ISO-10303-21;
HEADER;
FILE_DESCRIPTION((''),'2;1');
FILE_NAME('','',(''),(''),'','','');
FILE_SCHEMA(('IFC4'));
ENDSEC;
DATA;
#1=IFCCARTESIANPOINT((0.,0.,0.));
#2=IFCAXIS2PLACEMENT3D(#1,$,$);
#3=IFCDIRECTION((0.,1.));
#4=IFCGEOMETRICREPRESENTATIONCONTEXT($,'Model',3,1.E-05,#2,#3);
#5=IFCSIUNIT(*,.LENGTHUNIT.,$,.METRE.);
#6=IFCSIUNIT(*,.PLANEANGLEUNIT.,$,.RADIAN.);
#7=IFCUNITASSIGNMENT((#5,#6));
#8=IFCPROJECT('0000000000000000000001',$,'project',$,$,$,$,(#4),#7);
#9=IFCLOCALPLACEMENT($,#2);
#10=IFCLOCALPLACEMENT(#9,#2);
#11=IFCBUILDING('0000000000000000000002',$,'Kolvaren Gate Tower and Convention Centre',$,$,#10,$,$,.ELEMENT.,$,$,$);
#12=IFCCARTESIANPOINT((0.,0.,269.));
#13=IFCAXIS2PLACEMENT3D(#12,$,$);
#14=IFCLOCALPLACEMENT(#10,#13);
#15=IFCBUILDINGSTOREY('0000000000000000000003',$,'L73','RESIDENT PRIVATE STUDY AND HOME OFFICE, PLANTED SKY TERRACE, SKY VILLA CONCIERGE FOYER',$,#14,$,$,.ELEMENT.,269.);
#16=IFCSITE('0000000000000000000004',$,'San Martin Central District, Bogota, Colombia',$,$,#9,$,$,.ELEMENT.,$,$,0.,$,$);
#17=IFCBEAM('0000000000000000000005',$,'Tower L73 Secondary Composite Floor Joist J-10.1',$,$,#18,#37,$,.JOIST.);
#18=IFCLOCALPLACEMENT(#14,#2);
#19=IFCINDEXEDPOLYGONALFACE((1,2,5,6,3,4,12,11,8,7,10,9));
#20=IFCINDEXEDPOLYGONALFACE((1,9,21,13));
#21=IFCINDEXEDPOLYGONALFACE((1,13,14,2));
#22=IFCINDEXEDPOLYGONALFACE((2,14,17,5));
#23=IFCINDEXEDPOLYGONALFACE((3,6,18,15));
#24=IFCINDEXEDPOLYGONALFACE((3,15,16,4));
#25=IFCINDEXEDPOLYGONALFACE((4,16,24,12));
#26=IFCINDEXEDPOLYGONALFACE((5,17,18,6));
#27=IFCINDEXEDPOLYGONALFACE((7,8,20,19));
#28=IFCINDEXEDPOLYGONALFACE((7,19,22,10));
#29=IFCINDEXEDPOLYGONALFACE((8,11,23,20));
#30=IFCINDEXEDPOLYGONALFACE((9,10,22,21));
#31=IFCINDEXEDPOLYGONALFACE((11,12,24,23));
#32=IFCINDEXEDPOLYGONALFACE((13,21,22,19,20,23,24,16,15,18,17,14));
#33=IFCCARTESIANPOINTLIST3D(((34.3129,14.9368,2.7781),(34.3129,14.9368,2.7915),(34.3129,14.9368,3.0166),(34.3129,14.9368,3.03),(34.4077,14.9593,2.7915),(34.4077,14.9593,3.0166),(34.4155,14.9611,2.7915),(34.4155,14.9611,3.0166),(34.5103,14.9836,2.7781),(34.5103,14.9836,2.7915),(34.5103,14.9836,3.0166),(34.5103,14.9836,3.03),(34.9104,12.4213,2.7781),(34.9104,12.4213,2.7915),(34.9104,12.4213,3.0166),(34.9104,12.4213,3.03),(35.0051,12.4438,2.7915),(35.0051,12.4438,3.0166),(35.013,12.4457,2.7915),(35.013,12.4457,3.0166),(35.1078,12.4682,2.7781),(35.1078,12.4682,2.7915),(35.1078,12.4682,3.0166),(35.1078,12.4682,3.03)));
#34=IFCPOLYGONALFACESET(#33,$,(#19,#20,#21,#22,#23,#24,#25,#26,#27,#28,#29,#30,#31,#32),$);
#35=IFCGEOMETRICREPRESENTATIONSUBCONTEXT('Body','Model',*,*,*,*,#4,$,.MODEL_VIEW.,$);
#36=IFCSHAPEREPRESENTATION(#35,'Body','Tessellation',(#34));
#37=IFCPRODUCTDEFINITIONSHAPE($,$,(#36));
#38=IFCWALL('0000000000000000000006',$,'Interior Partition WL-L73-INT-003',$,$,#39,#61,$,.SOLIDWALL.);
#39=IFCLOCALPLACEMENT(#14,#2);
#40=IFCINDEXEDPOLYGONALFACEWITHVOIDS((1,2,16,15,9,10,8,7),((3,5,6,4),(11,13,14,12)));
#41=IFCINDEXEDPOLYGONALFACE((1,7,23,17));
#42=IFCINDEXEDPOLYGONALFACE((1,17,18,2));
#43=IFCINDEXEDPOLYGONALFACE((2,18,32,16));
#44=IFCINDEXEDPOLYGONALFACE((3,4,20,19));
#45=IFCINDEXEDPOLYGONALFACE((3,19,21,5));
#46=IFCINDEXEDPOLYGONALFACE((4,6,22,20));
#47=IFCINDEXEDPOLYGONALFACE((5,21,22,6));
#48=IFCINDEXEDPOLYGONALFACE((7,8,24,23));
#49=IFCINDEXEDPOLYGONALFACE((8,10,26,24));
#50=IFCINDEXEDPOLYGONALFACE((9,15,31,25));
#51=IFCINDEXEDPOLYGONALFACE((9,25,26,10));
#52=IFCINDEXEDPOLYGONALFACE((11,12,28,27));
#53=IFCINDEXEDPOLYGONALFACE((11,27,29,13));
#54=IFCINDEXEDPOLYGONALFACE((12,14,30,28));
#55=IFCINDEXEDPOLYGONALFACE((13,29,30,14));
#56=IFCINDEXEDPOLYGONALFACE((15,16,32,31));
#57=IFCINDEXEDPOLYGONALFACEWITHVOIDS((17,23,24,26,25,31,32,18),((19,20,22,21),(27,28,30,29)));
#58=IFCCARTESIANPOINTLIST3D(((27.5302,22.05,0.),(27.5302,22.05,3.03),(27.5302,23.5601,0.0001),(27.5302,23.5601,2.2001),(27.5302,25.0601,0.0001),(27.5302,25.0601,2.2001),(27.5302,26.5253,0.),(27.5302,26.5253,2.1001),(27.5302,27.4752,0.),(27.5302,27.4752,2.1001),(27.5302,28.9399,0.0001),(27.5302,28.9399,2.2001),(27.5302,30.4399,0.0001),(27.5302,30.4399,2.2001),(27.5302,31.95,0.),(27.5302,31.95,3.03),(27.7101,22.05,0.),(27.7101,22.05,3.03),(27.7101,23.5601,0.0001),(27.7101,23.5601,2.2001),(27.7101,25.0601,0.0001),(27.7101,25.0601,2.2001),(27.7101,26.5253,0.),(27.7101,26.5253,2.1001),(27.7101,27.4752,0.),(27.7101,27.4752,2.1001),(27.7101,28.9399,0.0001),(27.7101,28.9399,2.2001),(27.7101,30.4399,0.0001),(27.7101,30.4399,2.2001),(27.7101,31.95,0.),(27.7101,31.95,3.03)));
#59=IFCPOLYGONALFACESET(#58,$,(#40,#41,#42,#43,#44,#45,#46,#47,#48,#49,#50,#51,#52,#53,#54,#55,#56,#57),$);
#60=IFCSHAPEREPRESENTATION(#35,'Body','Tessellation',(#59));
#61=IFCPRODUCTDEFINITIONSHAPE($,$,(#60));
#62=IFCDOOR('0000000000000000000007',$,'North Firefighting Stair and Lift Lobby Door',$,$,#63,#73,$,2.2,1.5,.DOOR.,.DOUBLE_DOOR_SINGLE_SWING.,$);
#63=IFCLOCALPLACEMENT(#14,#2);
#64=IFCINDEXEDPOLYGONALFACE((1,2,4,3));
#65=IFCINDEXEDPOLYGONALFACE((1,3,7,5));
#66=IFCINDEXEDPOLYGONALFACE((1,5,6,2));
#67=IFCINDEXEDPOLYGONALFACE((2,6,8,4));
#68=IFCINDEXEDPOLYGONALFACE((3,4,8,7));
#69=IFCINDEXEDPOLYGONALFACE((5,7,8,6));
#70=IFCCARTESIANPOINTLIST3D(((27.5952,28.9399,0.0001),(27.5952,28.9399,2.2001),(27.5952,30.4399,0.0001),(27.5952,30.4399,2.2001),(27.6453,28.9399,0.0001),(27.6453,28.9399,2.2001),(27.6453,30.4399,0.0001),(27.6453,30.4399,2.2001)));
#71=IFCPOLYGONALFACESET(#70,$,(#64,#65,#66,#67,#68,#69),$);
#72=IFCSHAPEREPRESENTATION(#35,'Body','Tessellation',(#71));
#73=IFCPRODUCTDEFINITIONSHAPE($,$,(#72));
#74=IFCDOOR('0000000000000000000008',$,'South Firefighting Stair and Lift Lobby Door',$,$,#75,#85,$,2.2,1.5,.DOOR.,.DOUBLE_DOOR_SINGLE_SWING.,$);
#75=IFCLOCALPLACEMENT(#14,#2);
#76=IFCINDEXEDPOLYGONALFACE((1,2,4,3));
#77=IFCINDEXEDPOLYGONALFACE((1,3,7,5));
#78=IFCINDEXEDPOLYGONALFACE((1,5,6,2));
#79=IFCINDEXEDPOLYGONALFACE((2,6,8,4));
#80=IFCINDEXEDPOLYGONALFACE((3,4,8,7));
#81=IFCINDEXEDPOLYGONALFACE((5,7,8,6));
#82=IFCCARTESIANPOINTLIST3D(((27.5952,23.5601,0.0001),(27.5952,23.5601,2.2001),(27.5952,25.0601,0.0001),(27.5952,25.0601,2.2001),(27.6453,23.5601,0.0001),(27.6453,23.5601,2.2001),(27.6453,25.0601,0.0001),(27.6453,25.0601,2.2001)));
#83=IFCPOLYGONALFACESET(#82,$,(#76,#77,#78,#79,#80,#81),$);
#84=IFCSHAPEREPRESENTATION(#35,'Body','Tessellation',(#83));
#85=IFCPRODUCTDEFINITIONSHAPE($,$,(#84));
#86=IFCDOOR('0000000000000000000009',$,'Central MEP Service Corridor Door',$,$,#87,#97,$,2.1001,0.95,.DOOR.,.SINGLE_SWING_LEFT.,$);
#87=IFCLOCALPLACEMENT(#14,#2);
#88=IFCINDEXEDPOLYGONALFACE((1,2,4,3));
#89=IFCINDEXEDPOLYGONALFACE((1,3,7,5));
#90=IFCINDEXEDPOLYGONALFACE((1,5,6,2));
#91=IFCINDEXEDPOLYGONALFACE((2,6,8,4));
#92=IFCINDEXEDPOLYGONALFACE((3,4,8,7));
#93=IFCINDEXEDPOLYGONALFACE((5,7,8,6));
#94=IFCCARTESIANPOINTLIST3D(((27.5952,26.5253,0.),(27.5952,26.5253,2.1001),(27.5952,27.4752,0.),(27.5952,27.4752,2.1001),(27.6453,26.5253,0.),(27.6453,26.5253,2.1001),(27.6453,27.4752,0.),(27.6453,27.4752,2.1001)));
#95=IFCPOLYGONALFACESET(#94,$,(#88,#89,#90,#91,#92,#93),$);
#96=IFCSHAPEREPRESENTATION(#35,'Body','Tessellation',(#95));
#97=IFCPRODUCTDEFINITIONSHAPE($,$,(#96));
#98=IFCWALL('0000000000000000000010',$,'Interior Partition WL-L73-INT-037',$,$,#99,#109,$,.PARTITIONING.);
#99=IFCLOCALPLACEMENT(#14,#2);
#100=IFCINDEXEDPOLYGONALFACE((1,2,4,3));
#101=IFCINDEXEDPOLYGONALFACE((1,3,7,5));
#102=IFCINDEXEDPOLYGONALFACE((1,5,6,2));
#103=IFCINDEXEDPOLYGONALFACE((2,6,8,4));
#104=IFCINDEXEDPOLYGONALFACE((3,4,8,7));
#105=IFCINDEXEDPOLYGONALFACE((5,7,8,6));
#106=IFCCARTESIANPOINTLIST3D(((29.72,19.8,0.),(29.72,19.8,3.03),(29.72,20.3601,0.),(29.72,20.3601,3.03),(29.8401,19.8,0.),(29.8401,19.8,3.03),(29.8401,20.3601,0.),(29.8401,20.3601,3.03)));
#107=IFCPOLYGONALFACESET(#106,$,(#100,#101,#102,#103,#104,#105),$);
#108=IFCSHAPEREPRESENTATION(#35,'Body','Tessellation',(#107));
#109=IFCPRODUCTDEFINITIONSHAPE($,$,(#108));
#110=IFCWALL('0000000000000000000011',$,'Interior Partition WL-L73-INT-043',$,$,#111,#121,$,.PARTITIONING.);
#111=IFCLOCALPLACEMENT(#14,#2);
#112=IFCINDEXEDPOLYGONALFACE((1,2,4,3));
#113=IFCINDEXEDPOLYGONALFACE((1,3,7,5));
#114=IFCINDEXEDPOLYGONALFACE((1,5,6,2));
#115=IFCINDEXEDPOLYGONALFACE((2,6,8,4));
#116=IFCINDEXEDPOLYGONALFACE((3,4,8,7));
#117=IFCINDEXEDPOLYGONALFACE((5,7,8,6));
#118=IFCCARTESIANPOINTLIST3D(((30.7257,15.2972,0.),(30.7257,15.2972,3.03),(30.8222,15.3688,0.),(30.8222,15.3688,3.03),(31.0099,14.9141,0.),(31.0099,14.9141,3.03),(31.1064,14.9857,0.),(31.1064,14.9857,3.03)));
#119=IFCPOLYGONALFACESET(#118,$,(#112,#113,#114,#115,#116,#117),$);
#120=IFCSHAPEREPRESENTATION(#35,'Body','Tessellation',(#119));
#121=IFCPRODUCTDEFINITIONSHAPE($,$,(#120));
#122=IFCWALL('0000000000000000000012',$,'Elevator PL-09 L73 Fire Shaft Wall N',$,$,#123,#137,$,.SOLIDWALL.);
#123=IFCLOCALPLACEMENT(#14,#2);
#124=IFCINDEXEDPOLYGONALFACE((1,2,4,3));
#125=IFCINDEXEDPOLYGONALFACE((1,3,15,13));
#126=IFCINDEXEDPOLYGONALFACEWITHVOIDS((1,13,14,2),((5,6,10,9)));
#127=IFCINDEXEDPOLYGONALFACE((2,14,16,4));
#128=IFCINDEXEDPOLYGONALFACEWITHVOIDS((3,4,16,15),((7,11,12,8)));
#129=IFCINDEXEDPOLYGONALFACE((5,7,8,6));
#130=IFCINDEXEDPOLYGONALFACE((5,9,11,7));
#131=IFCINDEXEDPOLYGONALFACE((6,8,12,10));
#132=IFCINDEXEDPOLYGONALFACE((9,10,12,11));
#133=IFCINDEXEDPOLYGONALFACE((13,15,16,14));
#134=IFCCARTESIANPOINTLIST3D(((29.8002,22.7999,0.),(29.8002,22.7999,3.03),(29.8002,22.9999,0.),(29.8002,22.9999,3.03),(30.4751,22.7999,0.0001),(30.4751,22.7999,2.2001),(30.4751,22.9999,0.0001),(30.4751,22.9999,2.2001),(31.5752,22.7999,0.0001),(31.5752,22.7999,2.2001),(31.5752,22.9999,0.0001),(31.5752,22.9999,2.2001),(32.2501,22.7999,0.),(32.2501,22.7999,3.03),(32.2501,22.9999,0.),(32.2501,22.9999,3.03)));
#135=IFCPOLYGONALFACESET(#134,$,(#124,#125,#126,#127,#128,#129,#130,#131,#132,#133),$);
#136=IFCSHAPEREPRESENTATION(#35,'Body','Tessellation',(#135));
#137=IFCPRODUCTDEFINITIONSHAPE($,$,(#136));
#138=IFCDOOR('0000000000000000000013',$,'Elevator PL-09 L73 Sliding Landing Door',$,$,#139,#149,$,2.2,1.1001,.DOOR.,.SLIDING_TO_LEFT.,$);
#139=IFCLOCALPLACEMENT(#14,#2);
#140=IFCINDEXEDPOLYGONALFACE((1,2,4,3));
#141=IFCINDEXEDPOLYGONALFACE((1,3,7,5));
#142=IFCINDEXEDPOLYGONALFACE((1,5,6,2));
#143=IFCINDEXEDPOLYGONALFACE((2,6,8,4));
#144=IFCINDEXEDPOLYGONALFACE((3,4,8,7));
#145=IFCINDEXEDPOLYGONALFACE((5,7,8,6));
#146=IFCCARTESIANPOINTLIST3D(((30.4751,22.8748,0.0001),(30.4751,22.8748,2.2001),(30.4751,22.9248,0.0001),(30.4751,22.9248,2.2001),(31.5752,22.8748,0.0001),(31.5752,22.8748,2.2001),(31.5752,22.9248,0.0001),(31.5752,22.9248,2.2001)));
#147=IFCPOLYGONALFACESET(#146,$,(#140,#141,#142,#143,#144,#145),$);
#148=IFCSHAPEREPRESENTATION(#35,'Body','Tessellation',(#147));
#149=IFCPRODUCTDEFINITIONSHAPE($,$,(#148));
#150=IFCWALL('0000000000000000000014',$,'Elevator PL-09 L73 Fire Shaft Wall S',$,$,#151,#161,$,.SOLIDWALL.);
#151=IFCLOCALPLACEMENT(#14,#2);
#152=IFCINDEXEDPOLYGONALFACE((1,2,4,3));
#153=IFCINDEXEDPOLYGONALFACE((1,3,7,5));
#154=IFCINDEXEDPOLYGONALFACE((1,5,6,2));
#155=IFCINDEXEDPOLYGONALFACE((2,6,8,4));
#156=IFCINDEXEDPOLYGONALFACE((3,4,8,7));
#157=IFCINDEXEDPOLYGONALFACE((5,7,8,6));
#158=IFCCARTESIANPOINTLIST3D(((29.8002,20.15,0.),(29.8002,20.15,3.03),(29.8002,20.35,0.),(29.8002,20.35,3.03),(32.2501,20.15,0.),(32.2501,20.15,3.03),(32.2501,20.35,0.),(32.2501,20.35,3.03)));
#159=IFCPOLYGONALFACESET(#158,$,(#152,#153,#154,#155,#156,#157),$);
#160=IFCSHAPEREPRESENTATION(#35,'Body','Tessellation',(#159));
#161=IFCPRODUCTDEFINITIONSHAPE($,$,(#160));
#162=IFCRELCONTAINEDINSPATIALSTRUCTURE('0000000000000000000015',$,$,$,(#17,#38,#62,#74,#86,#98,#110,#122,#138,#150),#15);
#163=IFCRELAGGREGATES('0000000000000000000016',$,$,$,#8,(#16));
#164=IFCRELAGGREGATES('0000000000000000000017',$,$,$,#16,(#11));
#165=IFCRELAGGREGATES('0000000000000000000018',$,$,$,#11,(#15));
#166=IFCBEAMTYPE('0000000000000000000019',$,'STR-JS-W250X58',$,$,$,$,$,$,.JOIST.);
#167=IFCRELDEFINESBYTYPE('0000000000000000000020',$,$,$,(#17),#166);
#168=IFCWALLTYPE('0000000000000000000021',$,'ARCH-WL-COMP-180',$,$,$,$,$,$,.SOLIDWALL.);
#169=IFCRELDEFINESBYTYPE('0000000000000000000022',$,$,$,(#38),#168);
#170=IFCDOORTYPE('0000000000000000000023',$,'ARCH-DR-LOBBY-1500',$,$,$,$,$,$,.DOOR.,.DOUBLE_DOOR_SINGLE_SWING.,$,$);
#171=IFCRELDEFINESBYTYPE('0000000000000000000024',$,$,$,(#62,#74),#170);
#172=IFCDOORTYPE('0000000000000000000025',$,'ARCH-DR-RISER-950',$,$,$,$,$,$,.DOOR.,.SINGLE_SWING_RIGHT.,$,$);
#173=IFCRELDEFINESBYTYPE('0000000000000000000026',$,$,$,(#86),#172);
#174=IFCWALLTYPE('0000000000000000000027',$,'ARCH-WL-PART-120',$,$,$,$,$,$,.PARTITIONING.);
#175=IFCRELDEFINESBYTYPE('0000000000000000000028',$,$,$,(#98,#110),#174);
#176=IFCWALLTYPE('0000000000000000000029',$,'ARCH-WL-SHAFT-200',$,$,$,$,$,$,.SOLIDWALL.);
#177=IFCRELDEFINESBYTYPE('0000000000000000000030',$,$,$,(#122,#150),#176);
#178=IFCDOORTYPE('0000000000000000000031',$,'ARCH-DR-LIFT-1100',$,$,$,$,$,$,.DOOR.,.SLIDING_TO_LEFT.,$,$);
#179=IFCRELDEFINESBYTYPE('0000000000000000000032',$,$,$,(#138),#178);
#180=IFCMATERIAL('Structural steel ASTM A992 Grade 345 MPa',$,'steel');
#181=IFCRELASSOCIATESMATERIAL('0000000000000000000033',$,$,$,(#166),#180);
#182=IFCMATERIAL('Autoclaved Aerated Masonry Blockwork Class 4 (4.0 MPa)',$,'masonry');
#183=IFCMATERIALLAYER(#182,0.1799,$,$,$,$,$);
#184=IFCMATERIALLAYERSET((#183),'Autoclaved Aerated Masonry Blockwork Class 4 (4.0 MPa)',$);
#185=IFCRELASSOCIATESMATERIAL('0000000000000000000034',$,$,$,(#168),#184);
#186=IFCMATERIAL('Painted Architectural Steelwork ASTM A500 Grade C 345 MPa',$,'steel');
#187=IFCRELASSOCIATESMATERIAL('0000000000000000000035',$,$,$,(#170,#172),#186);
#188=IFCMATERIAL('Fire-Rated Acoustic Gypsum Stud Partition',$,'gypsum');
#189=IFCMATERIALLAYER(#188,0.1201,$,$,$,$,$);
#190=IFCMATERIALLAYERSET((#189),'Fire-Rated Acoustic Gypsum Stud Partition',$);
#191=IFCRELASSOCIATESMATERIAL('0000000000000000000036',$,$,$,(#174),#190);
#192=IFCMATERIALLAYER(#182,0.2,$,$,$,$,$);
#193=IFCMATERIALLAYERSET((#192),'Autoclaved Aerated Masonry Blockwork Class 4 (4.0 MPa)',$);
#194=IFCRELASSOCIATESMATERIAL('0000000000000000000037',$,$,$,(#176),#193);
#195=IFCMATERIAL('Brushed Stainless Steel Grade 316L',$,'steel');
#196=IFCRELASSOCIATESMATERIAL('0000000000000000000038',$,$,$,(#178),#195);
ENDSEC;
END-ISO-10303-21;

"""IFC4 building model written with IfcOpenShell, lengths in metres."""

from ifc_helpers import new_model, si_unit, direction, frame, frame_2d, origin, origin_2d, place, context, subcontext, project, spatial, rectangle, i_section, extrude, material, layer, layer_set, material_profile, profile_set, type_object, element, fill, save


model = new_model("IFC4")

# Units and contexts
model_context = context("Model", 3, precision=1e-05, world=origin(), true_north=direction((0.0, 1.0)))
body_context = subcontext(model_context, "Body", "Model", "MODEL_VIEW")
ifc_project = project(units=[si_unit("LENGTHUNIT", "METRE"), si_unit("PLANEANGLEUNIT", "RADIAN")], contexts=[model_context])

# Site, building, storey
site_placement = place(None, origin())
site = spatial("IfcSite", under=ifc_project, at=site_placement, Name="San Martin Central District, Bogota, Colombia", CompositionType="ELEMENT", RefElevation=0.0)
building_placement = place(site_placement, origin())
building = spatial("IfcBuilding", under=site, at=building_placement, Name="Kolvaren Gate Tower and Convention Centre", CompositionType="ELEMENT")
storey_placement = place(building_placement, frame((0.0, 0.0, 269.0)))
storey = spatial("IfcBuildingStorey", under=building, at=storey_placement, Name="L73", Description="RESIDENT PRIVATE STUDY AND HOME OFFICE, PLANTED SKY TERRACE, SKY VILLA CONCIERGE FOYER", CompositionType="ELEMENT", Elevation=269.0)

# Beam
ifc_material_1 = material(Name="Structural steel ASTM A992 Grade 345 MPa", Category="steel")
ifc_material_profile = material_profile(ifc_material_1, i_section(OverallWidth=0.2029, OverallDepth=0.252, WebThickness=0.0081, FlangeThickness=0.0134, at=origin_2d()), Name="W250X58")
ifc_profile_set = profile_set([ifc_material_profile], Name="Structural steel ASTM A992 Grade 345 MPa")
beam_type = type_object("IfcBeamType", Name="STR-JS-W250X58", PredefinedType="JOIST", material=ifc_profile_set)
beam_placement = place(storey_placement, frame((34.4116, 14.9602, 2.9041), z_axis=(0.231076, -0.972936, 0.0), x_axis=(0.972936, 0.231076, 0.0)))
element("IfcBeam", 1, at=beam_placement, inside=storey, type_object=beam_type, Name="Tower L73 Secondary Composite Floor Joist J-10.1", PredefinedType="JOIST", context=body_context, shape_type="SweptSolid", body=[
    extrude(i_section(OverallWidth=0.2029, OverallDepth=0.252, WebThickness=0.0081, FlangeThickness=0.0134, at=origin_2d()), origin(), (0.0, 0.0, 1.0), 2.5854),
])

# Wall, openings, doors
ifc_material_2 = material(Name="Autoclaved Aerated Masonry Blockwork Class 4 (4.0 MPa)", Category="masonry")
ifc_layer_1 = layer(ifc_material_2, 0.1799)
ifc_layer_set_1 = layer_set([ifc_layer_1], Name="Autoclaved Aerated Masonry Blockwork Class 4 (4.0 MPa)")
wall_type_1 = type_object("IfcWallType", Name="ARCH-WL-COMP-180", PredefinedType="SOLIDWALL", material=ifc_layer_set_1)
wall_1_placement = place(storey_placement, frame((27.6201, 22.05, 0.0), z_axis=(0.0, 0.0, 1.0), x_axis=(0.0, 1.0, 0.0)))
wall_1 = element("IfcWall", 2, at=wall_1_placement, inside=storey, type_object=wall_type_1, Name="Interior Partition WL-L73-INT-003", PredefinedType="SOLIDWALL", context=body_context, shape_type="SweptSolid", body=[
    extrude(rectangle(XDim=9.8999, YDim=0.1799, at=frame_2d((4.95, 0.0))), origin(), (0.0, 0.0, 1.0), 3.03),
])
opening_1_placement = place(wall_1_placement, frame((4.4751, 0.0, 0.0)))
opening_1 = element("IfcOpeningElement", 3, at=opening_1_placement, cuts=wall_1, PredefinedType="OPENING", context=body_context, shape_type="SweptSolid", body=[
    extrude(rectangle(XDim=0.95, YDim=2.1001, at=frame_2d((0.4751, 1.05))), frame((0.0, 0.0999, 0.0), z_axis=(0.0, -1.0, 0.0), x_axis=(1.0, 0.0, 0.0)), (0.0, 0.0, 1.0), 0.2),
])
opening_2_placement = place(wall_1_placement, frame((6.8899, 0.0, 0.0)))
opening_2 = element("IfcOpeningElement", 4, at=opening_2_placement, cuts=wall_1, PredefinedType="OPENING", context=body_context, shape_type="SweptSolid", body=[
    extrude(rectangle(XDim=1.5, YDim=2.2, at=frame_2d((0.75, 1.1001))), frame((0.0, 0.0999, 0.0), z_axis=(0.0, -1.0, 0.0), x_axis=(1.0, 0.0, 0.0)), (0.0, 0.0, 1.0), 0.2),
])
opening_3_placement = place(wall_1_placement, frame((1.51, 0.0, 0.0)))
opening_3 = element("IfcOpeningElement", 5, at=opening_3_placement, cuts=wall_1, PredefinedType="OPENING", context=body_context, shape_type="SweptSolid", body=[
    extrude(rectangle(XDim=1.5, YDim=2.2, at=frame_2d((0.75, 1.1001))), frame((0.0, 0.0999, 0.0), z_axis=(0.0, -1.0, 0.0), x_axis=(1.0, 0.0, 0.0)), (0.0, 0.0, 1.0), 0.2),
])
ifc_material_3 = material(Name="Painted Architectural Steelwork ASTM A500 Grade C 345 MPa", Category="steel")
door_type_1 = type_object("IfcDoorType", Name="ARCH-DR-LOBBY-1500", OperationType="DOUBLE_DOOR_SINGLE_SWING", PredefinedType="DOOR", material=ifc_material_3)
door_1_placement = place(opening_2_placement, origin())
door_1 = element("IfcDoor", 6, at=door_1_placement, inside=storey, type_object=door_type_1, Name="North Firefighting Stair and Lift Lobby Door", OperationType="DOUBLE_DOOR_SINGLE_SWING", OverallHeight=2.2, OverallWidth=1.5, PredefinedType="DOOR", context=body_context, shape_type="SweptSolid", body=[
    extrude(rectangle(XDim=1.5, YDim=2.2, at=frame_2d((0.75, 1.1001))), frame((0.0, 0.0249, 0.0), z_axis=(0.0, -1.0, 0.0), x_axis=(1.0, 0.0, 0.0)), (0.0, 0.0, 1.0), 0.05),
])
fill(opening_2, door_1)
door_2_placement = place(opening_3_placement, origin())
door_2 = element("IfcDoor", 7, at=door_2_placement, inside=storey, type_object=door_type_1, Name="South Firefighting Stair and Lift Lobby Door", OperationType="DOUBLE_DOOR_SINGLE_SWING", OverallHeight=2.2, OverallWidth=1.5, PredefinedType="DOOR", context=body_context, shape_type="SweptSolid", body=[
    extrude(rectangle(XDim=1.5, YDim=2.2, at=frame_2d((0.75, 1.1001))), frame((0.0, 0.0249, 0.0), z_axis=(0.0, -1.0, 0.0), x_axis=(1.0, 0.0, 0.0)), (0.0, 0.0, 1.0), 0.05),
])
fill(opening_3, door_2)
door_type_2 = type_object("IfcDoorType", Name="ARCH-DR-RISER-950", OperationType="SINGLE_SWING_RIGHT", PredefinedType="DOOR", material=ifc_material_3)
door_3_placement = place(opening_1_placement, origin())
door_3 = element("IfcDoor", 8, at=door_3_placement, inside=storey, type_object=door_type_2, Name="Central MEP Service Corridor Door", OperationType="SINGLE_SWING_LEFT", OverallHeight=2.1001, OverallWidth=0.95, PredefinedType="DOOR", context=body_context, shape_type="SweptSolid", body=[
    extrude(rectangle(XDim=0.95, YDim=2.1001, at=frame_2d((0.4751, 1.05))), frame((0.0, 0.0249, 0.0), z_axis=(0.0, -1.0, 0.0), x_axis=(1.0, 0.0, 0.0)), (0.0, 0.0, 1.0), 0.05),
])
fill(opening_1, door_3)

# Walls
ifc_material_4 = material(Name="Fire-Rated Acoustic Gypsum Stud Partition", Category="gypsum")
ifc_layer_2 = layer(ifc_material_4, 0.1201)
ifc_layer_set_2 = layer_set([ifc_layer_2], Name="Fire-Rated Acoustic Gypsum Stud Partition")
wall_type_2 = type_object("IfcWallType", Name="ARCH-WL-PART-120", PredefinedType="PARTITIONING", material=ifc_layer_set_2)
wall_2_placement = place(storey_placement, frame((29.78, 19.8, 0.0), z_axis=(0.0, 0.0, 1.0), x_axis=(0.0, 1.0, 0.0)))
element("IfcWall", 9, at=wall_2_placement, inside=storey, type_object=wall_type_2, Name="Interior Partition WL-L73-INT-037", PredefinedType="PARTITIONING", context=body_context, shape_type="SweptSolid", body=[
    extrude(rectangle(XDim=0.5601, YDim=0.1201, at=frame_2d((0.28, 0.0))), origin(), (0.0, 0.0, 1.0), 3.03),
])
wall_3_placement = place(storey_placement, frame((30.7739, 15.333, 0.0), z_axis=(0.0, 0.0, 1.0), x_axis=(0.595815, -0.803122, 0.0)))
element("IfcWall", 10, at=wall_3_placement, inside=storey, type_object=wall_type_2, Name="Interior Partition WL-L73-INT-043", PredefinedType="PARTITIONING", context=body_context, shape_type="SweptSolid", body=[
    extrude(rectangle(XDim=0.4771, YDim=0.1201, at=frame_2d((0.2385, 0.0))), origin(), (0.0, 0.0, 1.0), 3.03),
])

# Wall, opening, door
ifc_layer_3 = layer(ifc_material_2, 0.2)
ifc_layer_set_3 = layer_set([ifc_layer_3], Name="Autoclaved Aerated Masonry Blockwork Class 4 (4.0 MPa)")
wall_type_3 = type_object("IfcWallType", Name="ARCH-WL-SHAFT-200", PredefinedType="SOLIDWALL", material=ifc_layer_set_3)
wall_4_placement = place(storey_placement, frame((29.8, 22.8999, 0.0), z_axis=(0.0, 0.0, 1.0), x_axis=(1.0, 0.0, 0.0)))
wall_4 = element("IfcWall", 11, at=wall_4_placement, inside=storey, type_object=wall_type_3, Name="Elevator PL-09 L73 Fire Shaft Wall N", PredefinedType="SOLIDWALL", context=body_context, shape_type="SweptSolid", body=[
    extrude(rectangle(XDim=2.45, YDim=0.2, at=frame_2d((1.2251, 0.0))), origin(), (0.0, 0.0, 1.0), 3.03),
])
opening_4_placement = place(wall_4_placement, frame((0.675, 0.0, 0.0)))
opening_4 = element("IfcOpeningElement", 12, at=opening_4_placement, cuts=wall_4, PredefinedType="OPENING", context=body_context, shape_type="SweptSolid", body=[
    extrude(rectangle(XDim=1.1001, YDim=2.2, at=frame_2d((0.55, 1.1001))), frame((0.0, 0.1099, 0.0), z_axis=(0.0, -1.0, 0.0), x_axis=(1.0, 0.0, 0.0)), (0.0, 0.0, 1.0), 0.22),
])
ifc_material_5 = material(Name="Brushed Stainless Steel Grade 316L", Category="steel")
door_type_3 = type_object("IfcDoorType", Name="ARCH-DR-LIFT-1100", OperationType="SLIDING_TO_LEFT", PredefinedType="DOOR", material=ifc_material_5)
door_4_placement = place(opening_4_placement, origin())
door_4 = element("IfcDoor", 13, at=door_4_placement, inside=storey, type_object=door_type_3, Name="Elevator PL-09 L73 Sliding Landing Door", OperationType="SLIDING_TO_LEFT", OverallHeight=2.2, OverallWidth=1.1001, PredefinedType="DOOR", context=body_context, shape_type="SweptSolid", body=[
    extrude(rectangle(XDim=1.1001, YDim=2.2, at=frame_2d((0.55, 1.1001))), frame((0.0, 0.0249, 0.0), z_axis=(0.0, -1.0, 0.0), x_axis=(1.0, 0.0, 0.0)), (0.0, 0.0, 1.0), 0.05),
])
fill(opening_4, door_4)

# Wall
wall_5_placement = place(storey_placement, frame((29.8, 20.25, 0.0), z_axis=(0.0, 0.0, 1.0), x_axis=(1.0, 0.0, 0.0)))
element("IfcWall", 14, at=wall_5_placement, inside=storey, type_object=wall_type_3, Name="Elevator PL-09 L73 Fire Shaft Wall S", PredefinedType="SOLIDWALL", context=body_context, shape_type="SweptSolid", body=[
    extrude(rectangle(XDim=2.45, YDim=0.2, at=frame_2d((1.2251, 0.0))), origin(), (0.0, 0.0, 1.0), 3.03),
])

save(model, "model.ifc")
